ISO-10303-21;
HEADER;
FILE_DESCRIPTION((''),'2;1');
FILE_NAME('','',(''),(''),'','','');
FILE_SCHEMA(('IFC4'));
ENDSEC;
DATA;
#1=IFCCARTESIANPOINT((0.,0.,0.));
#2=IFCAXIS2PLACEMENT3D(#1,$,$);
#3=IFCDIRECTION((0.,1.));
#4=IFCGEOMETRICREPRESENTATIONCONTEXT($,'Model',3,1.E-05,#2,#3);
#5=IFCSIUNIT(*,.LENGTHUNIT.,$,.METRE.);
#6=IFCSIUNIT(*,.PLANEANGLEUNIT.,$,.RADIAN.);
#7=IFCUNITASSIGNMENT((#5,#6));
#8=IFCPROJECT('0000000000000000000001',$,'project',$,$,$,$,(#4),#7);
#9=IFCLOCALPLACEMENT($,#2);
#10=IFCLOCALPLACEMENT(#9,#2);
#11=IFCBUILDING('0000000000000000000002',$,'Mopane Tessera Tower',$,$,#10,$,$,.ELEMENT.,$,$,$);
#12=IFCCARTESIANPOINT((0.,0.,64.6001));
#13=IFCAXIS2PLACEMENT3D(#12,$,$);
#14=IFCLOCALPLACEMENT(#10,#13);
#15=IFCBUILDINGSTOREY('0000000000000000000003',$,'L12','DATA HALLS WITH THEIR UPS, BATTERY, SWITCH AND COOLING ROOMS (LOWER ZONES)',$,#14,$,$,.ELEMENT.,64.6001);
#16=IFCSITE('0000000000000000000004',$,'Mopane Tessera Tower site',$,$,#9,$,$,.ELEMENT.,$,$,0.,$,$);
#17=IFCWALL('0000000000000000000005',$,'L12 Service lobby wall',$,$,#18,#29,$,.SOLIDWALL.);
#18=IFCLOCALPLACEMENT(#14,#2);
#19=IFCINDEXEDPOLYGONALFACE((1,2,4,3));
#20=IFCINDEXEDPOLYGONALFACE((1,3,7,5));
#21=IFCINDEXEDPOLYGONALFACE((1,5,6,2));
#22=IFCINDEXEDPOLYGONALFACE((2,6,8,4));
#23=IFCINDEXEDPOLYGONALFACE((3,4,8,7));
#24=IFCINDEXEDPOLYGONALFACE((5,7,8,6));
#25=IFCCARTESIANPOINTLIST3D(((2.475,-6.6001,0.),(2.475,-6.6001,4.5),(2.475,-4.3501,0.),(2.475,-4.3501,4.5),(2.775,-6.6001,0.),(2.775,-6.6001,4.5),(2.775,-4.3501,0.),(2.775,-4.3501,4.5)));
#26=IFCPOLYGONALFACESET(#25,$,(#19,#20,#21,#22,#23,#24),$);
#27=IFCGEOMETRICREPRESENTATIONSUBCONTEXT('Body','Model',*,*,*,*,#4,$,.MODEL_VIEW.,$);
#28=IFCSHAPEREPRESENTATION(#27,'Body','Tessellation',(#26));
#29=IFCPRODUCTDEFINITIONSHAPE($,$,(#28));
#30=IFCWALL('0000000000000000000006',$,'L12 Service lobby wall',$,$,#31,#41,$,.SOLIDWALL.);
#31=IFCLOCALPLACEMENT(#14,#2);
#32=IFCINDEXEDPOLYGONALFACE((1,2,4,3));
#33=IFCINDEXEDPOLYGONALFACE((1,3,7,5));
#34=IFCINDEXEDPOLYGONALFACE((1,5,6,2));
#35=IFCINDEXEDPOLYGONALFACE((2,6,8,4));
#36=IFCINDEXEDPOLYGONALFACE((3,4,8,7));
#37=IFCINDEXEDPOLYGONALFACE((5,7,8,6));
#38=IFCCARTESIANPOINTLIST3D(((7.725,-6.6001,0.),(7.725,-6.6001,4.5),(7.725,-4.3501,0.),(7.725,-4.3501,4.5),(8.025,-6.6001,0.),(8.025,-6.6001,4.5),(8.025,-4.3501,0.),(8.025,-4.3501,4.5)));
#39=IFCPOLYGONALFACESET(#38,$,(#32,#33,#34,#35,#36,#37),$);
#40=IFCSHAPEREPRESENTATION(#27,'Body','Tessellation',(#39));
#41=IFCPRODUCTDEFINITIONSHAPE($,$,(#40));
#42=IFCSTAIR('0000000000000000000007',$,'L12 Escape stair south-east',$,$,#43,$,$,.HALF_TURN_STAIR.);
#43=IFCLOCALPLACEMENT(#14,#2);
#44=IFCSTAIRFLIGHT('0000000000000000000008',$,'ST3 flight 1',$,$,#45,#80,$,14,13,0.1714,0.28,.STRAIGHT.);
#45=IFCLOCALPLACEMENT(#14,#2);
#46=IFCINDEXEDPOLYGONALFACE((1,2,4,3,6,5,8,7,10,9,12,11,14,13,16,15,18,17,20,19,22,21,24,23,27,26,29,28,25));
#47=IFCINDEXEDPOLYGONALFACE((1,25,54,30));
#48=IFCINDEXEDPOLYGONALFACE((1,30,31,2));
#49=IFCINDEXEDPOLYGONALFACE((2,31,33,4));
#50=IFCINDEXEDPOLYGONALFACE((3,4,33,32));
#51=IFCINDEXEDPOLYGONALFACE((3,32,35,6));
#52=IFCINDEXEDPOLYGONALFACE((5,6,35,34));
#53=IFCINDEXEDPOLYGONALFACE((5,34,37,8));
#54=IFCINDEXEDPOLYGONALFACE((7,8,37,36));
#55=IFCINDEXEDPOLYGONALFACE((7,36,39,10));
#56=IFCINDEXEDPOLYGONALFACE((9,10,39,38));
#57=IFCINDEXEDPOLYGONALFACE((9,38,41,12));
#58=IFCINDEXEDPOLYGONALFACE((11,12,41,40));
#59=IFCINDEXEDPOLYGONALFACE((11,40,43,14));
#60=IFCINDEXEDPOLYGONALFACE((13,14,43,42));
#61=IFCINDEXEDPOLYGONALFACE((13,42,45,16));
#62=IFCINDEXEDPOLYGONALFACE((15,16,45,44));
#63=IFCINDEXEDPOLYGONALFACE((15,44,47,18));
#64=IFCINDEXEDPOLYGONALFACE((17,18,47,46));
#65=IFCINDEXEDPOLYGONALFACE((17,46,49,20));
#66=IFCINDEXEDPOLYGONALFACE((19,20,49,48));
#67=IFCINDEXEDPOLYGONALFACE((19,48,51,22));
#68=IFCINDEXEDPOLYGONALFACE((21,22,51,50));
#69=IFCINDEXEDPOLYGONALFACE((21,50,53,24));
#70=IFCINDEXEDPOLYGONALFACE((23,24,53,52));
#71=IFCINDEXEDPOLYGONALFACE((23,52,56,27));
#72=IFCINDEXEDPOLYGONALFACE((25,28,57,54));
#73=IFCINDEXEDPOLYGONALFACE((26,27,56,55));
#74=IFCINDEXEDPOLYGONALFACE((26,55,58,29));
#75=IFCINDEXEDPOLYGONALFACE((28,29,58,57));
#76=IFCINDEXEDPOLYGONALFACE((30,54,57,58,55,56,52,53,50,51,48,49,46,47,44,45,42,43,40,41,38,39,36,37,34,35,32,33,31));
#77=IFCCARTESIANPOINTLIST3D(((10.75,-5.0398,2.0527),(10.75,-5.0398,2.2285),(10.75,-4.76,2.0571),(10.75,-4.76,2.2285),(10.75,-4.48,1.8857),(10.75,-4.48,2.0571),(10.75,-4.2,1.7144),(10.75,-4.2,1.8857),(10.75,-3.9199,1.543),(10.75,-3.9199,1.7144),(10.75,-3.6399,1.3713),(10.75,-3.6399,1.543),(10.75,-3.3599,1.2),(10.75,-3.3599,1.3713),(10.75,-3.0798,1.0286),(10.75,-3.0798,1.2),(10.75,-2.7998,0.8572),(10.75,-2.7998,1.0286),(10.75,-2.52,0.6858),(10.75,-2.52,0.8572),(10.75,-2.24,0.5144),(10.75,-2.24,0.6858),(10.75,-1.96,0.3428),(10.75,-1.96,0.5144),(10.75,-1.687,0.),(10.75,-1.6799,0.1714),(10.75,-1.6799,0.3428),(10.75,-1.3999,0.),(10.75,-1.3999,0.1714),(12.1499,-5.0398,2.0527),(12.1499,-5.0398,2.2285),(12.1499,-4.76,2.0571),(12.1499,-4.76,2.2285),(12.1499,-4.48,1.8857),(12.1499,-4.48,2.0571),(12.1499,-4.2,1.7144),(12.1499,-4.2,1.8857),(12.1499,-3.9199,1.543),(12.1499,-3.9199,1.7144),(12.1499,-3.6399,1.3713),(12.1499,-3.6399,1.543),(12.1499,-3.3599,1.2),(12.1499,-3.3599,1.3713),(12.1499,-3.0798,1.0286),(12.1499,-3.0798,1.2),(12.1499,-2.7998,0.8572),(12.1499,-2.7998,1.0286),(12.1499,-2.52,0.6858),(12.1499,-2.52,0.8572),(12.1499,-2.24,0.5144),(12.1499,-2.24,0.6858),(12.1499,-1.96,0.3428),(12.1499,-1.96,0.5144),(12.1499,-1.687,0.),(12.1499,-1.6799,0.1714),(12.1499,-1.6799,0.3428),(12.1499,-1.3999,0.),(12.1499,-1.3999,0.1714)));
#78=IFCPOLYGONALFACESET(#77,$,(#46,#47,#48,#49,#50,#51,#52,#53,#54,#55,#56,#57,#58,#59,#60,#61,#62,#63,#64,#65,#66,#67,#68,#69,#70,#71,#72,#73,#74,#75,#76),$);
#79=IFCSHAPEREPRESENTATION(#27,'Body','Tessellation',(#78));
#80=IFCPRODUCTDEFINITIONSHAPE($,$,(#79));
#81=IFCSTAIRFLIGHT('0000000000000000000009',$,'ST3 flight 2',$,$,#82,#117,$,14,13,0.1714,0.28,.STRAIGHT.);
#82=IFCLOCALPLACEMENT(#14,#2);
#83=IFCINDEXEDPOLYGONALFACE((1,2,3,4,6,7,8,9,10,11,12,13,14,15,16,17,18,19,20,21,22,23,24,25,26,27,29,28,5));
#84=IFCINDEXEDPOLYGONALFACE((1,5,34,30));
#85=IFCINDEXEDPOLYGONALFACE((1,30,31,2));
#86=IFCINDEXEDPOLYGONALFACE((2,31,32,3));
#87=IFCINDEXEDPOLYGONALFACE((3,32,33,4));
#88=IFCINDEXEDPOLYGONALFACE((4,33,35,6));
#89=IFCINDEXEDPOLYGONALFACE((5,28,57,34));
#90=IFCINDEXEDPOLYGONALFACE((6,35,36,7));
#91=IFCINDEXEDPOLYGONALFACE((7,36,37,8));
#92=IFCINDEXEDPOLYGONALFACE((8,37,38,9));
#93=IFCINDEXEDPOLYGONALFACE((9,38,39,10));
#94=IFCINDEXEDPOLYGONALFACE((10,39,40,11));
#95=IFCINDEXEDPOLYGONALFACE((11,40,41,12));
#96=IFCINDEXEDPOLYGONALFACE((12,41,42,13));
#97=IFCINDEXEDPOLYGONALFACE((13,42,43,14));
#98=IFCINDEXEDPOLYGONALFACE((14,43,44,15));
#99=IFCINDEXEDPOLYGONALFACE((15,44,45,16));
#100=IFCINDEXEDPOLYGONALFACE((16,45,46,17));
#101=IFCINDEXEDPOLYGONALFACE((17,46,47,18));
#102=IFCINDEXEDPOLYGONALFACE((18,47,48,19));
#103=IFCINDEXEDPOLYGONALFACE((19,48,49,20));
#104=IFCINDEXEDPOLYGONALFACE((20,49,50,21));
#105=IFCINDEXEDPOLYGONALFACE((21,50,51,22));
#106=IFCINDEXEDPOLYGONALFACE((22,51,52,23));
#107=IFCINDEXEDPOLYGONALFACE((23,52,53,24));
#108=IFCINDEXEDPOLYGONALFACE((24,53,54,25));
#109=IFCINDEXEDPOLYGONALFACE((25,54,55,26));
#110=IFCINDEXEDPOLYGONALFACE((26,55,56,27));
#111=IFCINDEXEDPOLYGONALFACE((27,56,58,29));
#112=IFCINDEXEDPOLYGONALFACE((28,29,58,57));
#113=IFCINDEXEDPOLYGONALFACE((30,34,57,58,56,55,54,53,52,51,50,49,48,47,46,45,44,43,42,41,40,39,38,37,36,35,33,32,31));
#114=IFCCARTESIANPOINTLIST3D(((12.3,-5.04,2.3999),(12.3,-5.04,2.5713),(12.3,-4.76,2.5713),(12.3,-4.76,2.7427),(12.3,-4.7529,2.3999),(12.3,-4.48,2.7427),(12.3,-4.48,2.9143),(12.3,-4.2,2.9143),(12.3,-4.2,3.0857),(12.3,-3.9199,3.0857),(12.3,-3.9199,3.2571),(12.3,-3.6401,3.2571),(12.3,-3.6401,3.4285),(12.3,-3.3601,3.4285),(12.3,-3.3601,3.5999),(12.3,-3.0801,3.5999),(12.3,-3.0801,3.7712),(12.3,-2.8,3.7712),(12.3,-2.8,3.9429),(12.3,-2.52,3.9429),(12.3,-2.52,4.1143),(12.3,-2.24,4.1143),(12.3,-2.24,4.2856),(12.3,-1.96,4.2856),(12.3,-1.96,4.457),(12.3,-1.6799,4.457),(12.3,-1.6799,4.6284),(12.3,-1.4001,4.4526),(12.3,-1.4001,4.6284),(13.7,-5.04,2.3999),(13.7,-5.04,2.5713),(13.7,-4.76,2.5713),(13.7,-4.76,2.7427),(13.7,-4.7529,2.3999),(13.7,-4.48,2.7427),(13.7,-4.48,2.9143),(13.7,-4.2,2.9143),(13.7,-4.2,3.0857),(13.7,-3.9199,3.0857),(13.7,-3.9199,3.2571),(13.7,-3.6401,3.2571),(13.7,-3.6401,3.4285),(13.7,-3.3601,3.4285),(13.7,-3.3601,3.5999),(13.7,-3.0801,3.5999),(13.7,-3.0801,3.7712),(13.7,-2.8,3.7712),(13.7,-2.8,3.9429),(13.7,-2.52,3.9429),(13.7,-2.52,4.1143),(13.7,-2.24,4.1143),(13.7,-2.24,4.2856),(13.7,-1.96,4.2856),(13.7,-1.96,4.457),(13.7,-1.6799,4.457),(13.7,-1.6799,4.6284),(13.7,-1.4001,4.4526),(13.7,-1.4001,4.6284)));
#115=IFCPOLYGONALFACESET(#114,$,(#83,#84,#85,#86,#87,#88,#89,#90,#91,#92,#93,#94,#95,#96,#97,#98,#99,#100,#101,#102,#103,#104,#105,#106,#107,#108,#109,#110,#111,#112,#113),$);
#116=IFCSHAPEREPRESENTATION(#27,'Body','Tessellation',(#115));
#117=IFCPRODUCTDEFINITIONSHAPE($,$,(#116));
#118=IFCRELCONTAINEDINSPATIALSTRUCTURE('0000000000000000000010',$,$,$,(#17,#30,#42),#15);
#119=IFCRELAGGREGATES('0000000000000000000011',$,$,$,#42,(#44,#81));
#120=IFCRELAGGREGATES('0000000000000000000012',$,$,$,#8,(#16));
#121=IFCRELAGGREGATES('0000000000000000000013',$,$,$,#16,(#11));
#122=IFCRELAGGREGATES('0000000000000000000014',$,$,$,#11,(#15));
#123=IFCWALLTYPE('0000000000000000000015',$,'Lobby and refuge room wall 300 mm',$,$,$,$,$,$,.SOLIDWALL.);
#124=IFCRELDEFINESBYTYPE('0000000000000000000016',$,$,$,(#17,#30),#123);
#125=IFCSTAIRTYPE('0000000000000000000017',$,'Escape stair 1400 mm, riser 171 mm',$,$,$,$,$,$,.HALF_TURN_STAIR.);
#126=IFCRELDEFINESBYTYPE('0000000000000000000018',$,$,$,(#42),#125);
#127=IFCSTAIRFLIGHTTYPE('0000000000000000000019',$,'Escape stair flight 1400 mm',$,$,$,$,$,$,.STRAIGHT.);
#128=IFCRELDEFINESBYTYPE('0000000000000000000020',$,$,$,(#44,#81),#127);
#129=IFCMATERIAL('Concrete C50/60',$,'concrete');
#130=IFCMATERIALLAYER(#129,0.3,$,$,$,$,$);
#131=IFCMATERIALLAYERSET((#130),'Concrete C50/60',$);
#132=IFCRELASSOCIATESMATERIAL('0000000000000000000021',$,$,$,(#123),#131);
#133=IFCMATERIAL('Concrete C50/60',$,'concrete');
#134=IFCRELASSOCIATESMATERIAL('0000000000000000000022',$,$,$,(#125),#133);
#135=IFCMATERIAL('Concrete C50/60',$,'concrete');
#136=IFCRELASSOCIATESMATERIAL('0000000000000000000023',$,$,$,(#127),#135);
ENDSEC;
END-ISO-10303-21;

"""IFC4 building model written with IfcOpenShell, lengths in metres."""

from ifc_helpers import new_model, si_unit, direction, frame, frame_2d, origin, place, context, subcontext, project, spatial, polyline, rectangle, outline, extrude, material, layer, layer_set, type_object, element, aggregate, save


model = new_model("IFC4")

# Units and contexts
model_context = context("Model", 3, precision=1e-05, world=origin(), true_north=direction((0.0, 1.0)))
body_context = subcontext(model_context, "Body", "Model", "MODEL_VIEW")
ifc_project = project(units=[si_unit("LENGTHUNIT", "METRE"), si_unit("PLANEANGLEUNIT", "RADIAN")], contexts=[model_context])

# Site, building, storey
site_placement = place(None, origin())
site = spatial("IfcSite", under=ifc_project, at=site_placement, Name="Mopane Tessera Tower site", CompositionType="ELEMENT", RefElevation=0.0)
building_placement = place(site_placement, origin())
building = spatial("IfcBuilding", under=site, at=building_placement, Name="Mopane Tessera Tower", CompositionType="ELEMENT")
storey_placement = place(building_placement, frame((0.0, 0.0, 64.6001)))
storey = spatial("IfcBuildingStorey", under=building, at=storey_placement, Name="L12", Description="DATA HALLS WITH THEIR UPS, BATTERY, SWITCH AND COOLING ROOMS (LOWER ZONES)", CompositionType="ELEMENT", Elevation=64.6001)

# Walls
ifc_material_1 = material(Name="Concrete C50/60", Category="concrete")
ifc_layer_1 = layer(ifc_material_1, 0.3)
ifc_layer_set_1 = layer_set([ifc_layer_1], Name="Concrete C50/60")
wall_type_1 = type_object("IfcWallType", Name="Lobby and refuge room wall 300 mm", PredefinedType="SOLIDWALL", material=ifc_layer_set_1)
for number, where, z_axis, x_axis, name in (
    (1, (2.625, -6.6001, 0.0), (0.0, 0.0, 1.0), (0.0, 1.0, 0.0), "L12 Service lobby wall"),
    (2, (7.875, -6.6001, 0.0), (0.0, 0.0, 1.0), (0.0, 1.0, 0.0), "L12 Service lobby wall"),
):
    element("IfcWall", number, at=place(storey_placement, frame(where, z_axis=z_axis, x_axis=x_axis)), inside=storey, type_object=wall_type_1, Name=name, PredefinedType="SOLIDWALL", context=body_context, shape_type="SweptSolid", body=[
        extrude(rectangle(XDim=2.25, YDim=0.3, at=frame_2d((1.125, 0.0))), origin(), (0.0, 0.0, 1.0), 4.5),
    ])

# Stair, stair flights
ifc_material_2 = material(Name="Concrete C50/60", Category="concrete")
stair_type = type_object("IfcStairType", Name="Escape stair 1400 mm, riser 171 mm", PredefinedType="HALF_TURN_STAIR", material=ifc_material_2)
stair_placement = place(storey_placement, origin())
stair = element("IfcStair", 3, at=stair_placement, inside=storey, type_object=stair_type, Name="L12 Escape stair south-east", PredefinedType="HALF_TURN_STAIR")
ifc_material_3 = material(Name="Concrete C50/60", Category="concrete")
stair_flight_type = type_object("IfcStairFlightType", Name="Escape stair flight 1400 mm", PredefinedType="STRAIGHT", material=ifc_material_3)
stair_flight_1_placement = place(storey_placement, frame((11.45, -1.3999, 0.0), z_axis=(0.0, 0.0, 1.0), x_axis=(0.0, -1.0, 0.0)))
stair_flight_1 = element("IfcStairFlight", 4, at=stair_flight_1_placement, type_object=stair_flight_type, Name="ST3 flight 1", NumberOfRisers=14, NumberOfTreads=13, PredefinedType="STRAIGHT", RiserHeight=0.1714, TreadLength=0.28, context=body_context, shape_type="SweptSolid", body=[
    extrude(outline(polyline([(0.0, 0.0), (0.0, 0.1714), (0.28, 0.1714), (0.28, 0.3428), (0.5601, 0.3428), (0.5601, 0.5144), (0.8401, 0.5144), (0.8401, 0.6858), (1.1201, 0.6858), (1.1201, 0.8572), (1.3999, 0.8572), (1.3999, 1.0286), (1.6799, 1.0286), (1.6799, 1.2), (1.96, 1.2), (1.96, 1.3713), (2.24, 1.3713), (2.24, 1.543), (2.52, 1.543), (2.52, 1.7144), (2.8, 1.7144), (2.8, 1.8857), (3.0801, 1.8857), (3.0801, 2.0571), (3.3601, 2.0571), (3.3601, 2.2285), (3.6399, 2.2285), (3.6399, 2.3999), (3.6399, 2.0527), (0.2871, 0.0), (0.0, 0.0)])), frame((0.0, 0.7, 0.0), z_axis=(0.0, -1.0, 0.0), x_axis=(1.0, 0.0, 0.0)), (0.0, 0.0, 1.0), 1.3999),
])
stair_flight_2_placement = place(storey_placement, frame((13.0, -5.04, 2.3999), z_axis=(0.0, 0.0, 1.0), x_axis=(0.0, 1.0, 0.0)))
stair_flight_2 = element("IfcStairFlight", 5, at=stair_flight_2_placement, type_object=stair_flight_type, Name="ST3 flight 2", NumberOfRisers=14, NumberOfTreads=13, PredefinedType="STRAIGHT", RiserHeight=0.1714, TreadLength=0.28, context=body_context, shape_type="SweptSolid", body=[
    extrude(outline(polyline([(0.0, 0.0), (0.0, 0.1714), (0.28, 0.1714), (0.28, 0.3428), (0.5601, 0.3428), (0.5601, 0.5144), (0.8401, 0.5144), (0.8401, 0.6858), (1.1201, 0.6858), (1.1201, 0.8572), (1.3999, 0.8572), (1.3999, 1.0286), (1.6799, 1.0286), (1.6799, 1.2), (1.96, 1.2), (1.96, 1.3713), (2.24, 1.3713), (2.24, 1.543), (2.52, 1.543), (2.52, 1.7144), (2.8, 1.7144), (2.8, 1.8857), (3.0801, 1.8857), (3.0801, 2.0571), (3.3601, 2.0571), (3.3601, 2.2285), (3.6399, 2.2285), (3.6399, 2.3999), (3.6399, 2.0527), (0.2871, 0.0), (0.0, 0.0)])), frame((0.0, 0.7, 0.0), z_axis=(0.0, -1.0, 0.0), x_axis=(1.0, 0.0, 0.0)), (0.0, 0.0, 1.0), 1.3999),
])
aggregate(stair, [stair_flight_1, stair_flight_2])

save(model, "model.ifc")
